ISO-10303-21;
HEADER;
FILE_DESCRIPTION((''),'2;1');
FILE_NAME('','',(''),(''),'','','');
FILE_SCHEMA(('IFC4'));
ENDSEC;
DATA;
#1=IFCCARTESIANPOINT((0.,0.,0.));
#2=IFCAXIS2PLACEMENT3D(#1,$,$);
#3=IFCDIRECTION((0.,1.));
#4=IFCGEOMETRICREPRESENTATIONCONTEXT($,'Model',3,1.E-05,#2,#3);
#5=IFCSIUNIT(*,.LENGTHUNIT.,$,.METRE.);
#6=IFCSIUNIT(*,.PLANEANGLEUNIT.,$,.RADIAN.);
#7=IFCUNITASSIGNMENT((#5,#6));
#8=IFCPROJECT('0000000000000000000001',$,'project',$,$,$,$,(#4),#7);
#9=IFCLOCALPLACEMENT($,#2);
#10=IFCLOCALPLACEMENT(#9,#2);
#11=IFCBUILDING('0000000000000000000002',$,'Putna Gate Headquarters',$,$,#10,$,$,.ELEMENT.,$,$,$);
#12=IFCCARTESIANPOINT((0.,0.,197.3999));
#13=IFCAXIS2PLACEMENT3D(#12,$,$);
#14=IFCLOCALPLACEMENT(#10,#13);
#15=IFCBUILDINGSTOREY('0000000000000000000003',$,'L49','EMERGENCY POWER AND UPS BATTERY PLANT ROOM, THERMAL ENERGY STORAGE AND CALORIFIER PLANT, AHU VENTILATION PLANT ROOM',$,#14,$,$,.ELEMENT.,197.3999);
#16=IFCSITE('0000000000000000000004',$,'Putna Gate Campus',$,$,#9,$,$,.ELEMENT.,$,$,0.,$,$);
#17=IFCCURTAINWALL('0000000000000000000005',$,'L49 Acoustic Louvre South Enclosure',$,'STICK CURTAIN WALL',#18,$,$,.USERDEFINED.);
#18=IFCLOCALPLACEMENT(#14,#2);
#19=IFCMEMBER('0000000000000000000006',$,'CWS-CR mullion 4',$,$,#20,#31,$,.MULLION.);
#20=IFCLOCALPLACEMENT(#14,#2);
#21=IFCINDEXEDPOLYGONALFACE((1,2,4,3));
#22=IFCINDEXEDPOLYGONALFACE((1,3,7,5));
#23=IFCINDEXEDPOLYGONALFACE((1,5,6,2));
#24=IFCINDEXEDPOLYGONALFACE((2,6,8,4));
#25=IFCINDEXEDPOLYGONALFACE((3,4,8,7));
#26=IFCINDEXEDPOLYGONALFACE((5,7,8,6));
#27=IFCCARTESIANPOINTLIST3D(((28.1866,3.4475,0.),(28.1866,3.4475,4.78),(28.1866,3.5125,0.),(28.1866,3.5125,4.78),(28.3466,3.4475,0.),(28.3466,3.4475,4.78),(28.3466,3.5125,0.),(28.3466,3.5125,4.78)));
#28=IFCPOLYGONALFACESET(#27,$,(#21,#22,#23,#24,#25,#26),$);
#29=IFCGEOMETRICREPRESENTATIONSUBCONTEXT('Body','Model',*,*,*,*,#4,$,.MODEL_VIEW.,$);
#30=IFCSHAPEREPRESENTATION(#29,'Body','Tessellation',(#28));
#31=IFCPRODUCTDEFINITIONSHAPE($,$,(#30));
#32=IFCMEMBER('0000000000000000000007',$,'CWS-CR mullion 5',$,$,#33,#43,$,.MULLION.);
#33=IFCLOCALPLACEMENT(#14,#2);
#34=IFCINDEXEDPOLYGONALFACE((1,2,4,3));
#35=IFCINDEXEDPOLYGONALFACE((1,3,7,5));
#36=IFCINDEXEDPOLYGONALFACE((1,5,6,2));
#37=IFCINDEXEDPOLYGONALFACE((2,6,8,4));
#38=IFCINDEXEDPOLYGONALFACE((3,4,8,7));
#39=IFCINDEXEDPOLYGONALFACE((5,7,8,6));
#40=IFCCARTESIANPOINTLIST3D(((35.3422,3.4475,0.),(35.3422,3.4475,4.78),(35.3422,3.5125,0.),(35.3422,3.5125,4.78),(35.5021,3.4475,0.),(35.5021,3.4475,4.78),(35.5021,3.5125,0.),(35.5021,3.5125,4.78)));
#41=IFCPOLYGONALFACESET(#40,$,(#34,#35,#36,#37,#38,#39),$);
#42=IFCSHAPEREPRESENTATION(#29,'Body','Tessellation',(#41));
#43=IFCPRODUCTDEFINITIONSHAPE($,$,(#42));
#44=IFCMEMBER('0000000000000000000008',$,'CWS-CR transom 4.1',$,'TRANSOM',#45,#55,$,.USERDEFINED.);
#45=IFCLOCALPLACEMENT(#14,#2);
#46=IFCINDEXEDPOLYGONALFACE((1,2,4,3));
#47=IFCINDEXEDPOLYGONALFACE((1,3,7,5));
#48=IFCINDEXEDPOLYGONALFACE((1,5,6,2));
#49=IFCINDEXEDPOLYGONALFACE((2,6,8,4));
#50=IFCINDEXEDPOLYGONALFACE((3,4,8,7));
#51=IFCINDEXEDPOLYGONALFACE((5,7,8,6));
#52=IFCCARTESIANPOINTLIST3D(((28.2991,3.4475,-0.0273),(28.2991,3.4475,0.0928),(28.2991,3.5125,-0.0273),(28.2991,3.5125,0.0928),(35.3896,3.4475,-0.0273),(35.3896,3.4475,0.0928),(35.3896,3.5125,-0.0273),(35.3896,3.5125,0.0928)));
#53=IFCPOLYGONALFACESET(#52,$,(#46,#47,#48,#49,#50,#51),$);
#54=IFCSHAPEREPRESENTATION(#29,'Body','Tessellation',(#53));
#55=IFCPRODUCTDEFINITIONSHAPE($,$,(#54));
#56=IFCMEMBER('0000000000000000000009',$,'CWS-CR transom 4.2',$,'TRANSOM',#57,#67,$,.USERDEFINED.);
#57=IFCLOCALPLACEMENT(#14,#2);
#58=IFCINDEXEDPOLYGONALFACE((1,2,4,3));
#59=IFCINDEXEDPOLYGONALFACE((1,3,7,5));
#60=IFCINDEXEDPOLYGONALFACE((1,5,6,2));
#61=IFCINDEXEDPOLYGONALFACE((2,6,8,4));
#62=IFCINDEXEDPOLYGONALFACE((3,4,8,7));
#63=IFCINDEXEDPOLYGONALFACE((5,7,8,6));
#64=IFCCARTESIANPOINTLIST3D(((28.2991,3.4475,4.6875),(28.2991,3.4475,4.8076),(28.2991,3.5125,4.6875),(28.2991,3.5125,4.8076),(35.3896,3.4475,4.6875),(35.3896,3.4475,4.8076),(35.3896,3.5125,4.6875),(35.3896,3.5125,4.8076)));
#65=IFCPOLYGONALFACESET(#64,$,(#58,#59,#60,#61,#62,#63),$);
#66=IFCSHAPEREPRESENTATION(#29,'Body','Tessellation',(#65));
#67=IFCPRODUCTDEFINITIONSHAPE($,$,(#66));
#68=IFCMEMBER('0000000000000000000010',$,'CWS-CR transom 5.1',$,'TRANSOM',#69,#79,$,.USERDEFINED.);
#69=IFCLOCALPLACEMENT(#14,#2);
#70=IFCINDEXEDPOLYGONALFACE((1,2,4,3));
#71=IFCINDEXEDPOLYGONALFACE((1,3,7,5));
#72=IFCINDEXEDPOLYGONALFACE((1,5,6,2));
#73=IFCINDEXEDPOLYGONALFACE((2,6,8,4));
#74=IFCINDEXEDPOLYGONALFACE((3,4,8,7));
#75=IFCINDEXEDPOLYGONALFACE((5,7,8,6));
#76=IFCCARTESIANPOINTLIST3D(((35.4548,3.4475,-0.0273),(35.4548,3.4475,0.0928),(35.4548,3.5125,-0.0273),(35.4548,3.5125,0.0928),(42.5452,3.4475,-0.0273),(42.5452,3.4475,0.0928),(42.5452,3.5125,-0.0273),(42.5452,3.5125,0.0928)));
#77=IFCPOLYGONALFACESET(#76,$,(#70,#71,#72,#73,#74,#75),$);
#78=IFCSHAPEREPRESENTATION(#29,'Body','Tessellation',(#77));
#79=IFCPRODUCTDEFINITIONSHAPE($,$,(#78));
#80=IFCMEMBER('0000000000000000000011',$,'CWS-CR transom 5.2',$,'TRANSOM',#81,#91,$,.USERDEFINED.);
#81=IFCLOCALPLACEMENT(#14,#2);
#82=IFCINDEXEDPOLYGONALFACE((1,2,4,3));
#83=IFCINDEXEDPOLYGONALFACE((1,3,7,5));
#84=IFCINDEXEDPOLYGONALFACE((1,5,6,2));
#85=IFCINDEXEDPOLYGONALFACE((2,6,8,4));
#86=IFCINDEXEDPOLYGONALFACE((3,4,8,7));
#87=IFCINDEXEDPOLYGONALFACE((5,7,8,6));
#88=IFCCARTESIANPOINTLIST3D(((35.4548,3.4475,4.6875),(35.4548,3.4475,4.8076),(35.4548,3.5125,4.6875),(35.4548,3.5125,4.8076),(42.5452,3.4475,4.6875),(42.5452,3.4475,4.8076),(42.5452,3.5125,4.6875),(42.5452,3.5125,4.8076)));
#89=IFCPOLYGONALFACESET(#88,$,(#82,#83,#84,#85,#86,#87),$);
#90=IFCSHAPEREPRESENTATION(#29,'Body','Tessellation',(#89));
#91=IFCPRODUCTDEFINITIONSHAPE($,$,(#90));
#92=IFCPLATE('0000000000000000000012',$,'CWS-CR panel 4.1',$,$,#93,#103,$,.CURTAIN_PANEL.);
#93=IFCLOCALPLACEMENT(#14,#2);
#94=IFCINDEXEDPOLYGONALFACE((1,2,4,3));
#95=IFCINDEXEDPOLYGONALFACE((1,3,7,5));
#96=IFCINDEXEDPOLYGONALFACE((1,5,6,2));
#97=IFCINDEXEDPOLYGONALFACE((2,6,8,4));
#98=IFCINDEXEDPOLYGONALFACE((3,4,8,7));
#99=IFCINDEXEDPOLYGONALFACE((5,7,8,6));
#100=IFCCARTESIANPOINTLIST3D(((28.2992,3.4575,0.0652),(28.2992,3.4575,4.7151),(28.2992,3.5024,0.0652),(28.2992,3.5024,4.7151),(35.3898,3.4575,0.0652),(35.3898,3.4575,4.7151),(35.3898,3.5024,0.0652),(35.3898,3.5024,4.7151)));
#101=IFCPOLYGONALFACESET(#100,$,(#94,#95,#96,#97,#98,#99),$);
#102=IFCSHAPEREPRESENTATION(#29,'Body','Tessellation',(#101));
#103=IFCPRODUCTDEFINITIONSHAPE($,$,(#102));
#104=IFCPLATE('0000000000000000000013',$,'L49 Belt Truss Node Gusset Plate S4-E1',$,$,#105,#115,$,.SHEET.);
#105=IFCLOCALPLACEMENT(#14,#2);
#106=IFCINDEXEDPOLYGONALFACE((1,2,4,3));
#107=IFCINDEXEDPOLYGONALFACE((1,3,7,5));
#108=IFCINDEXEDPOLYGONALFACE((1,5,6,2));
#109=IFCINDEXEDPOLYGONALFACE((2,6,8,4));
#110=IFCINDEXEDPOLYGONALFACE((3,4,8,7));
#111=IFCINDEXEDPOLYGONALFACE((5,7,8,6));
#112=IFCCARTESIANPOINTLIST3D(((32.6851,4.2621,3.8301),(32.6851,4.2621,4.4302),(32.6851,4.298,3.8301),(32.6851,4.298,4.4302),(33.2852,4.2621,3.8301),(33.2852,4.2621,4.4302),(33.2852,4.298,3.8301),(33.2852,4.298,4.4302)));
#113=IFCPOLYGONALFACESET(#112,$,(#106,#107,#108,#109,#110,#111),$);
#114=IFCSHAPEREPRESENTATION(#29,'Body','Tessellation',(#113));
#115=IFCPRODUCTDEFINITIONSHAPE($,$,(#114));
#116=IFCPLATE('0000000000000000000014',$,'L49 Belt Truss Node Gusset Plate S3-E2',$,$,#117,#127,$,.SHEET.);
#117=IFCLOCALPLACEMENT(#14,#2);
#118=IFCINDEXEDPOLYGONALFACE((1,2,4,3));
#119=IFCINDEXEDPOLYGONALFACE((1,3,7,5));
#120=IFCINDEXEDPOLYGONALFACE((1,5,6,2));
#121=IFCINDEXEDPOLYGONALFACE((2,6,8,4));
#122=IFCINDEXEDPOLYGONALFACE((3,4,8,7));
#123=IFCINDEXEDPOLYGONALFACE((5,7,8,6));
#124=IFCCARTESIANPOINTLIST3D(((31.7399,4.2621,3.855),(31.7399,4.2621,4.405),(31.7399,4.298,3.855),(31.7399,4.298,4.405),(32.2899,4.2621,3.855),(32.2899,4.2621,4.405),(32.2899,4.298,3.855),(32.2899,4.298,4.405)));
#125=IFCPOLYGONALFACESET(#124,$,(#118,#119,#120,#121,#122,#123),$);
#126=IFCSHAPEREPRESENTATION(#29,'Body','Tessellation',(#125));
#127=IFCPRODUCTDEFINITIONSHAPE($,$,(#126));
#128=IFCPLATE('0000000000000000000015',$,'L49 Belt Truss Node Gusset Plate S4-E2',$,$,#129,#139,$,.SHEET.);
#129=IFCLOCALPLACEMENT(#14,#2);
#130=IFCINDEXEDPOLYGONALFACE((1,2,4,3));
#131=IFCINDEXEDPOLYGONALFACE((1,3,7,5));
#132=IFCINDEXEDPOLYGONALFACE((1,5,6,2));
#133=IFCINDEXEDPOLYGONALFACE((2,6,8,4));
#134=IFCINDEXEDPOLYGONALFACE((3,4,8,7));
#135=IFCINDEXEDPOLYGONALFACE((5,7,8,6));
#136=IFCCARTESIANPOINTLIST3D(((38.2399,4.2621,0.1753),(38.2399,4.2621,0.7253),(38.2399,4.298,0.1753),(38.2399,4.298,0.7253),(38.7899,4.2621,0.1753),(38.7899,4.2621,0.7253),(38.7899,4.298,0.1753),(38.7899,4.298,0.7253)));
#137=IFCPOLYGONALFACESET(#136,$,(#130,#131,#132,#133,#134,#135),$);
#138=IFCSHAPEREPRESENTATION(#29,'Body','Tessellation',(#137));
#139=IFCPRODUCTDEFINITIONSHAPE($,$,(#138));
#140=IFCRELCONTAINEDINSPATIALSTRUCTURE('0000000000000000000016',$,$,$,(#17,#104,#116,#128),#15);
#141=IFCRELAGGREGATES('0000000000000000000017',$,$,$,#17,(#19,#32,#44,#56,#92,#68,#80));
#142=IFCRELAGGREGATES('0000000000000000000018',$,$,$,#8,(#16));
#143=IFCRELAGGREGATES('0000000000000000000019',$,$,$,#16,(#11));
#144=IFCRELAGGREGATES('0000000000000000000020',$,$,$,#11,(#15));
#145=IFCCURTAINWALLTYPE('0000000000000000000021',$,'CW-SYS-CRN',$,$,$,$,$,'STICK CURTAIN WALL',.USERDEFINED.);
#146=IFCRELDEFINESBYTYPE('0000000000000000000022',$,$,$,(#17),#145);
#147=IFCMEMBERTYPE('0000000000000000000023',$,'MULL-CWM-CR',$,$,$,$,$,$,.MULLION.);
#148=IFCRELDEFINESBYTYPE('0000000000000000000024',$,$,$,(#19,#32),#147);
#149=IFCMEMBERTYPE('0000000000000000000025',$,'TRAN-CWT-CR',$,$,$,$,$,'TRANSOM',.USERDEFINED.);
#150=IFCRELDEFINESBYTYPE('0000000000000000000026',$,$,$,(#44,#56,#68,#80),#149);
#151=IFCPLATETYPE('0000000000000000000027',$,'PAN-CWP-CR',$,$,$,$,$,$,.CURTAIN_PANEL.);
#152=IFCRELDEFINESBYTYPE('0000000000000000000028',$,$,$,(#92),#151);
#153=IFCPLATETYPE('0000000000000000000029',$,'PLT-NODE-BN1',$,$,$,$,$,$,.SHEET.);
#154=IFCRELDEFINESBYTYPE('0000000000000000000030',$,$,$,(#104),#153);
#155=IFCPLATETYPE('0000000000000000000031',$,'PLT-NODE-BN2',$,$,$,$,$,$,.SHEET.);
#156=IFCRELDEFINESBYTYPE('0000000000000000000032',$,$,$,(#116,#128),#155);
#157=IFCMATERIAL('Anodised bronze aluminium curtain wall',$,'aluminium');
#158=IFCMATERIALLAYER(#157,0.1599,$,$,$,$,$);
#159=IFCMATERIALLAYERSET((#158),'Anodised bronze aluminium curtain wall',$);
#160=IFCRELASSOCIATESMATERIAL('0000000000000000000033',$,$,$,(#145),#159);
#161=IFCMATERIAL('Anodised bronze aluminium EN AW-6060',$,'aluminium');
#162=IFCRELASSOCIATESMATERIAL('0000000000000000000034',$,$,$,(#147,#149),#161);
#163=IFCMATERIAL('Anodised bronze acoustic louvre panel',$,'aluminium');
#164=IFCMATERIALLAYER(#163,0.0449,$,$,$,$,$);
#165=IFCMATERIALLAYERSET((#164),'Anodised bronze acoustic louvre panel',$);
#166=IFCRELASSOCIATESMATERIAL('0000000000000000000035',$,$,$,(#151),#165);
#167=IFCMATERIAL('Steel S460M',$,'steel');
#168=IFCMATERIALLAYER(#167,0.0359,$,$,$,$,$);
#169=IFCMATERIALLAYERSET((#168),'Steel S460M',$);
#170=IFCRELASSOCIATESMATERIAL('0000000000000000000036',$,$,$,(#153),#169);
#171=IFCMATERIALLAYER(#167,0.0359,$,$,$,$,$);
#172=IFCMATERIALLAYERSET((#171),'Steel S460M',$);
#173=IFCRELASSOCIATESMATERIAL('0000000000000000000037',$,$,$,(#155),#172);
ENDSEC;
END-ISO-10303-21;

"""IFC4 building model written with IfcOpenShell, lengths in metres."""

from ifc_helpers import new_model, si_unit, direction, frame, origin, origin_2d, place, context, subcontext, project, spatial, rectangle, extrude, material, layer, layer_set, material_profile, profile_set, type_object, element, aggregate, save


model = new_model("IFC4")

# Units and contexts
model_context = context("Model", 3, precision=1e-05, world=origin(), true_north=direction((0.0, 1.0)))
body_context = subcontext(model_context, "Body", "Model", "MODEL_VIEW")
ifc_project = project(units=[si_unit("LENGTHUNIT", "METRE"), si_unit("PLANEANGLEUNIT", "RADIAN")], contexts=[model_context])

# Site, building, storey
site_placement = place(None, origin())
site = spatial("IfcSite", under=ifc_project, at=site_placement, Name="Putna Gate Campus", CompositionType="ELEMENT", RefElevation=0.0)
building_placement = place(site_placement, origin())
building = spatial("IfcBuilding", under=site, at=building_placement, Name="Putna Gate Headquarters", CompositionType="ELEMENT")
storey_placement = place(building_placement, frame((0.0, 0.0, 197.3999)))
storey = spatial("IfcBuildingStorey", under=building, at=storey_placement, Name="L49", Description="EMERGENCY POWER AND UPS BATTERY PLANT ROOM, THERMAL ENERGY STORAGE AND CALORIFIER PLANT, AHU VENTILATION PLANT ROOM", CompositionType="ELEMENT", Elevation=197.3999)

# Shared definitions
ifc_material_1 = material(Name="Steel S460M", Category="steel")

# Curtain wall, members, plate
ifc_material_2 = material(Name="Anodised bronze aluminium curtain wall", Category="aluminium")
ifc_layer_1 = layer(ifc_material_2, 0.1599)
ifc_layer_set_1 = layer_set([ifc_layer_1], Name="Anodised bronze aluminium curtain wall")
curtain_wall_type = type_object("IfcCurtainWallType", Name="CW-SYS-CRN", ElementType="STICK CURTAIN WALL", PredefinedType="USERDEFINED", material=ifc_layer_set_1)
curtain_wall_placement = place(storey_placement, origin())
curtain_wall = element("IfcCurtainWall", 1, at=curtain_wall_placement, inside=storey, type_object=curtain_wall_type, Name="L49 Acoustic Louvre South Enclosure", ObjectType="STICK CURTAIN WALL", PredefinedType="USERDEFINED")
ifc_material_3 = material(Name="Anodised bronze aluminium EN AW-6060", Category="aluminium")
ifc_material_profile_1 = material_profile(ifc_material_3, rectangle(XDim=0.0649, YDim=0.1599, at=origin_2d()), Name="Anodised bronze aluminium EN AW-6060")
ifc_profile_set_1 = profile_set([ifc_material_profile_1], Name="Anodised bronze aluminium EN AW-6060")
member_type_1 = type_object("IfcMemberType", Name="MULL-CWM-CR", PredefinedType="MULLION", material=ifc_profile_set_1)
member_1_placement = place(storey_placement, frame((28.2666, 3.48, 0.0), z_axis=(0.0, 0.0, 1.0), x_axis=(0.0, 1.0, 0.0)))
member_1 = element("IfcMember", 2, at=member_1_placement, type_object=member_type_1, Name="CWS-CR mullion 4", PredefinedType="MULLION", context=body_context, shape_type="SweptSolid", body=[
    extrude(rectangle(XDim=0.0649, YDim=0.1599, at=origin_2d()), origin(), (0.0, 0.0, 1.0), 4.78),
])
member_2_placement = place(storey_placement, frame((35.4221, 3.48, 0.0), z_axis=(0.0, 0.0, 1.0), x_axis=(0.0, 1.0, 0.0)))
member_2 = element("IfcMember", 3, at=member_2_placement, type_object=member_type_1, Name="CWS-CR mullion 5", PredefinedType="MULLION", context=body_context, shape_type="SweptSolid", body=[
    extrude(rectangle(XDim=0.0649, YDim=0.1599, at=origin_2d()), origin(), (0.0, 0.0, 1.0), 4.78),
])
ifc_material_profile_2 = material_profile(ifc_material_3, rectangle(XDim=0.0649, YDim=0.1201, at=origin_2d()), Name="Anodised bronze aluminium EN AW-6060")
ifc_profile_set_2 = profile_set([ifc_material_profile_2], Name="Anodised bronze aluminium EN AW-6060")
member_type_2 = type_object("IfcMemberType", Name="TRAN-CWT-CR", ElementType="TRANSOM", PredefinedType="USERDEFINED", material=ifc_profile_set_2)
member_3_placement = place(storey_placement, frame((28.2991, 3.48, 0.0327), z_axis=(1.0, 0.0, 0.0), x_axis=(0.0, 1.0, 0.0)))
member_3 = element("IfcMember", 4, at=member_3_placement, type_object=member_type_2, Name="CWS-CR transom 4.1", ObjectType="TRANSOM", PredefinedType="USERDEFINED", context=body_context, shape_type="SweptSolid", body=[
    extrude(rectangle(XDim=0.0649, YDim=0.1201, at=origin_2d()), origin(), (0.0, 0.0, 1.0), 7.0906),
])
member_4_placement = place(storey_placement, frame((28.2991, 3.48, 4.7476), z_axis=(1.0, 0.0, 0.0), x_axis=(0.0, 1.0, 0.0)))
member_4 = element("IfcMember", 5, at=member_4_placement, type_object=member_type_2, Name="CWS-CR transom 4.2", ObjectType="TRANSOM", PredefinedType="USERDEFINED", context=body_context, shape_type="SweptSolid", body=[
    extrude(rectangle(XDim=0.0649, YDim=0.1201, at=origin_2d()), origin(), (0.0, 0.0, 1.0), 7.0906),
])
member_5_placement = place(storey_placement, frame((35.4548, 3.48, 0.0327), z_axis=(1.0, 0.0, 0.0), x_axis=(0.0, 1.0, 0.0)))
member_5 = element("IfcMember", 6, at=member_5_placement, type_object=member_type_2, Name="CWS-CR transom 5.1", ObjectType="TRANSOM", PredefinedType="USERDEFINED", context=body_context, shape_type="SweptSolid", body=[
    extrude(rectangle(XDim=0.0649, YDim=0.1201, at=origin_2d()), origin(), (0.0, 0.0, 1.0), 7.0903),
])
member_6_placement = place(storey_placement, frame((35.4548, 3.48, 4.7476), z_axis=(1.0, 0.0, 0.0), x_axis=(0.0, 1.0, 0.0)))
member_6 = element("IfcMember", 7, at=member_6_placement, type_object=member_type_2, Name="CWS-CR transom 5.2", ObjectType="TRANSOM", PredefinedType="USERDEFINED", context=body_context, shape_type="SweptSolid", body=[
    extrude(rectangle(XDim=0.0649, YDim=0.1201, at=origin_2d()), origin(), (0.0, 0.0, 1.0), 7.0903),
])
ifc_material_4 = material(Name="Anodised bronze acoustic louvre panel", Category="aluminium")
ifc_layer_2 = layer(ifc_material_4, 0.0449)
ifc_layer_set_2 = layer_set([ifc_layer_2], Name="Anodised bronze acoustic louvre panel")
plate_type_1 = type_object("IfcPlateType", Name="PAN-CWP-CR", PredefinedType="CURTAIN_PANEL", material=ifc_layer_set_2)
plate_1_placement = place(storey_placement, frame((31.8445, 3.48, 0.0652), z_axis=(0.0, 0.0, 1.0), x_axis=(1.0, 0.0, 0.0)))
plate_1 = element("IfcPlate", 8, at=plate_1_placement, type_object=plate_type_1, Name="CWS-CR panel 4.1", PredefinedType="CURTAIN_PANEL", context=body_context, shape_type="SweptSolid", body=[
    extrude(rectangle(XDim=7.0906, YDim=0.0449, at=origin_2d()), origin(), (0.0, 0.0, 1.0), 4.6499),
])
aggregate(curtain_wall, [member_1, member_2, member_3, member_4, plate_1, member_5, member_6])

# Plates
ifc_layer_3 = layer(ifc_material_1, 0.0359)
ifc_layer_set_3 = layer_set([ifc_layer_3], Name="Steel S460M")
plate_type_2 = type_object("IfcPlateType", Name="PLT-NODE-BN1", PredefinedType="SHEET", material=ifc_layer_set_3)
plate_2_placement = place(storey_placement, frame((32.9851, 4.28, 3.8301), z_axis=(0.0, 0.0, 1.0), x_axis=(1.0, 0.0, 0.0)))
element("IfcPlate", 9, at=plate_2_placement, inside=storey, type_object=plate_type_2, Name="L49 Belt Truss Node Gusset Plate S4-E1", PredefinedType="SHEET", context=body_context, shape_type="SweptSolid", body=[
    extrude(rectangle(XDim=0.6001, YDim=0.0359, at=origin_2d()), origin(), (0.0, 0.0, 1.0), 0.6001),
])
ifc_layer_4 = layer(ifc_material_1, 0.0359)
ifc_layer_set_4 = layer_set([ifc_layer_4], Name="Steel S460M")
plate_type_3 = type_object("IfcPlateType", Name="PLT-NODE-BN2", PredefinedType="SHEET", material=ifc_layer_set_4)
for number, where, z_axis, x_axis, name in (
    (10, (32.0149, 4.28, 3.855), (0.0, 0.0, 1.0), (1.0, 0.0, 0.0), "L49 Belt Truss Node Gusset Plate S3-E2"),
    (11, (38.5149, 4.28, 0.1753), (0.0, 0.0, 1.0), (1.0, 0.0, 0.0), "L49 Belt Truss Node Gusset Plate S4-E2"),
):
    element("IfcPlate", number, at=place(storey_placement, frame(where, z_axis=z_axis, x_axis=x_axis)), inside=storey, type_object=plate_type_3, Name=name, PredefinedType="SHEET", context=body_context, shape_type="SweptSolid", body=[
        extrude(rectangle(XDim=0.55, YDim=0.0359, at=origin_2d()), origin(), (0.0, 0.0, 1.0), 0.55),
    ])

save(model, "model.ifc")
